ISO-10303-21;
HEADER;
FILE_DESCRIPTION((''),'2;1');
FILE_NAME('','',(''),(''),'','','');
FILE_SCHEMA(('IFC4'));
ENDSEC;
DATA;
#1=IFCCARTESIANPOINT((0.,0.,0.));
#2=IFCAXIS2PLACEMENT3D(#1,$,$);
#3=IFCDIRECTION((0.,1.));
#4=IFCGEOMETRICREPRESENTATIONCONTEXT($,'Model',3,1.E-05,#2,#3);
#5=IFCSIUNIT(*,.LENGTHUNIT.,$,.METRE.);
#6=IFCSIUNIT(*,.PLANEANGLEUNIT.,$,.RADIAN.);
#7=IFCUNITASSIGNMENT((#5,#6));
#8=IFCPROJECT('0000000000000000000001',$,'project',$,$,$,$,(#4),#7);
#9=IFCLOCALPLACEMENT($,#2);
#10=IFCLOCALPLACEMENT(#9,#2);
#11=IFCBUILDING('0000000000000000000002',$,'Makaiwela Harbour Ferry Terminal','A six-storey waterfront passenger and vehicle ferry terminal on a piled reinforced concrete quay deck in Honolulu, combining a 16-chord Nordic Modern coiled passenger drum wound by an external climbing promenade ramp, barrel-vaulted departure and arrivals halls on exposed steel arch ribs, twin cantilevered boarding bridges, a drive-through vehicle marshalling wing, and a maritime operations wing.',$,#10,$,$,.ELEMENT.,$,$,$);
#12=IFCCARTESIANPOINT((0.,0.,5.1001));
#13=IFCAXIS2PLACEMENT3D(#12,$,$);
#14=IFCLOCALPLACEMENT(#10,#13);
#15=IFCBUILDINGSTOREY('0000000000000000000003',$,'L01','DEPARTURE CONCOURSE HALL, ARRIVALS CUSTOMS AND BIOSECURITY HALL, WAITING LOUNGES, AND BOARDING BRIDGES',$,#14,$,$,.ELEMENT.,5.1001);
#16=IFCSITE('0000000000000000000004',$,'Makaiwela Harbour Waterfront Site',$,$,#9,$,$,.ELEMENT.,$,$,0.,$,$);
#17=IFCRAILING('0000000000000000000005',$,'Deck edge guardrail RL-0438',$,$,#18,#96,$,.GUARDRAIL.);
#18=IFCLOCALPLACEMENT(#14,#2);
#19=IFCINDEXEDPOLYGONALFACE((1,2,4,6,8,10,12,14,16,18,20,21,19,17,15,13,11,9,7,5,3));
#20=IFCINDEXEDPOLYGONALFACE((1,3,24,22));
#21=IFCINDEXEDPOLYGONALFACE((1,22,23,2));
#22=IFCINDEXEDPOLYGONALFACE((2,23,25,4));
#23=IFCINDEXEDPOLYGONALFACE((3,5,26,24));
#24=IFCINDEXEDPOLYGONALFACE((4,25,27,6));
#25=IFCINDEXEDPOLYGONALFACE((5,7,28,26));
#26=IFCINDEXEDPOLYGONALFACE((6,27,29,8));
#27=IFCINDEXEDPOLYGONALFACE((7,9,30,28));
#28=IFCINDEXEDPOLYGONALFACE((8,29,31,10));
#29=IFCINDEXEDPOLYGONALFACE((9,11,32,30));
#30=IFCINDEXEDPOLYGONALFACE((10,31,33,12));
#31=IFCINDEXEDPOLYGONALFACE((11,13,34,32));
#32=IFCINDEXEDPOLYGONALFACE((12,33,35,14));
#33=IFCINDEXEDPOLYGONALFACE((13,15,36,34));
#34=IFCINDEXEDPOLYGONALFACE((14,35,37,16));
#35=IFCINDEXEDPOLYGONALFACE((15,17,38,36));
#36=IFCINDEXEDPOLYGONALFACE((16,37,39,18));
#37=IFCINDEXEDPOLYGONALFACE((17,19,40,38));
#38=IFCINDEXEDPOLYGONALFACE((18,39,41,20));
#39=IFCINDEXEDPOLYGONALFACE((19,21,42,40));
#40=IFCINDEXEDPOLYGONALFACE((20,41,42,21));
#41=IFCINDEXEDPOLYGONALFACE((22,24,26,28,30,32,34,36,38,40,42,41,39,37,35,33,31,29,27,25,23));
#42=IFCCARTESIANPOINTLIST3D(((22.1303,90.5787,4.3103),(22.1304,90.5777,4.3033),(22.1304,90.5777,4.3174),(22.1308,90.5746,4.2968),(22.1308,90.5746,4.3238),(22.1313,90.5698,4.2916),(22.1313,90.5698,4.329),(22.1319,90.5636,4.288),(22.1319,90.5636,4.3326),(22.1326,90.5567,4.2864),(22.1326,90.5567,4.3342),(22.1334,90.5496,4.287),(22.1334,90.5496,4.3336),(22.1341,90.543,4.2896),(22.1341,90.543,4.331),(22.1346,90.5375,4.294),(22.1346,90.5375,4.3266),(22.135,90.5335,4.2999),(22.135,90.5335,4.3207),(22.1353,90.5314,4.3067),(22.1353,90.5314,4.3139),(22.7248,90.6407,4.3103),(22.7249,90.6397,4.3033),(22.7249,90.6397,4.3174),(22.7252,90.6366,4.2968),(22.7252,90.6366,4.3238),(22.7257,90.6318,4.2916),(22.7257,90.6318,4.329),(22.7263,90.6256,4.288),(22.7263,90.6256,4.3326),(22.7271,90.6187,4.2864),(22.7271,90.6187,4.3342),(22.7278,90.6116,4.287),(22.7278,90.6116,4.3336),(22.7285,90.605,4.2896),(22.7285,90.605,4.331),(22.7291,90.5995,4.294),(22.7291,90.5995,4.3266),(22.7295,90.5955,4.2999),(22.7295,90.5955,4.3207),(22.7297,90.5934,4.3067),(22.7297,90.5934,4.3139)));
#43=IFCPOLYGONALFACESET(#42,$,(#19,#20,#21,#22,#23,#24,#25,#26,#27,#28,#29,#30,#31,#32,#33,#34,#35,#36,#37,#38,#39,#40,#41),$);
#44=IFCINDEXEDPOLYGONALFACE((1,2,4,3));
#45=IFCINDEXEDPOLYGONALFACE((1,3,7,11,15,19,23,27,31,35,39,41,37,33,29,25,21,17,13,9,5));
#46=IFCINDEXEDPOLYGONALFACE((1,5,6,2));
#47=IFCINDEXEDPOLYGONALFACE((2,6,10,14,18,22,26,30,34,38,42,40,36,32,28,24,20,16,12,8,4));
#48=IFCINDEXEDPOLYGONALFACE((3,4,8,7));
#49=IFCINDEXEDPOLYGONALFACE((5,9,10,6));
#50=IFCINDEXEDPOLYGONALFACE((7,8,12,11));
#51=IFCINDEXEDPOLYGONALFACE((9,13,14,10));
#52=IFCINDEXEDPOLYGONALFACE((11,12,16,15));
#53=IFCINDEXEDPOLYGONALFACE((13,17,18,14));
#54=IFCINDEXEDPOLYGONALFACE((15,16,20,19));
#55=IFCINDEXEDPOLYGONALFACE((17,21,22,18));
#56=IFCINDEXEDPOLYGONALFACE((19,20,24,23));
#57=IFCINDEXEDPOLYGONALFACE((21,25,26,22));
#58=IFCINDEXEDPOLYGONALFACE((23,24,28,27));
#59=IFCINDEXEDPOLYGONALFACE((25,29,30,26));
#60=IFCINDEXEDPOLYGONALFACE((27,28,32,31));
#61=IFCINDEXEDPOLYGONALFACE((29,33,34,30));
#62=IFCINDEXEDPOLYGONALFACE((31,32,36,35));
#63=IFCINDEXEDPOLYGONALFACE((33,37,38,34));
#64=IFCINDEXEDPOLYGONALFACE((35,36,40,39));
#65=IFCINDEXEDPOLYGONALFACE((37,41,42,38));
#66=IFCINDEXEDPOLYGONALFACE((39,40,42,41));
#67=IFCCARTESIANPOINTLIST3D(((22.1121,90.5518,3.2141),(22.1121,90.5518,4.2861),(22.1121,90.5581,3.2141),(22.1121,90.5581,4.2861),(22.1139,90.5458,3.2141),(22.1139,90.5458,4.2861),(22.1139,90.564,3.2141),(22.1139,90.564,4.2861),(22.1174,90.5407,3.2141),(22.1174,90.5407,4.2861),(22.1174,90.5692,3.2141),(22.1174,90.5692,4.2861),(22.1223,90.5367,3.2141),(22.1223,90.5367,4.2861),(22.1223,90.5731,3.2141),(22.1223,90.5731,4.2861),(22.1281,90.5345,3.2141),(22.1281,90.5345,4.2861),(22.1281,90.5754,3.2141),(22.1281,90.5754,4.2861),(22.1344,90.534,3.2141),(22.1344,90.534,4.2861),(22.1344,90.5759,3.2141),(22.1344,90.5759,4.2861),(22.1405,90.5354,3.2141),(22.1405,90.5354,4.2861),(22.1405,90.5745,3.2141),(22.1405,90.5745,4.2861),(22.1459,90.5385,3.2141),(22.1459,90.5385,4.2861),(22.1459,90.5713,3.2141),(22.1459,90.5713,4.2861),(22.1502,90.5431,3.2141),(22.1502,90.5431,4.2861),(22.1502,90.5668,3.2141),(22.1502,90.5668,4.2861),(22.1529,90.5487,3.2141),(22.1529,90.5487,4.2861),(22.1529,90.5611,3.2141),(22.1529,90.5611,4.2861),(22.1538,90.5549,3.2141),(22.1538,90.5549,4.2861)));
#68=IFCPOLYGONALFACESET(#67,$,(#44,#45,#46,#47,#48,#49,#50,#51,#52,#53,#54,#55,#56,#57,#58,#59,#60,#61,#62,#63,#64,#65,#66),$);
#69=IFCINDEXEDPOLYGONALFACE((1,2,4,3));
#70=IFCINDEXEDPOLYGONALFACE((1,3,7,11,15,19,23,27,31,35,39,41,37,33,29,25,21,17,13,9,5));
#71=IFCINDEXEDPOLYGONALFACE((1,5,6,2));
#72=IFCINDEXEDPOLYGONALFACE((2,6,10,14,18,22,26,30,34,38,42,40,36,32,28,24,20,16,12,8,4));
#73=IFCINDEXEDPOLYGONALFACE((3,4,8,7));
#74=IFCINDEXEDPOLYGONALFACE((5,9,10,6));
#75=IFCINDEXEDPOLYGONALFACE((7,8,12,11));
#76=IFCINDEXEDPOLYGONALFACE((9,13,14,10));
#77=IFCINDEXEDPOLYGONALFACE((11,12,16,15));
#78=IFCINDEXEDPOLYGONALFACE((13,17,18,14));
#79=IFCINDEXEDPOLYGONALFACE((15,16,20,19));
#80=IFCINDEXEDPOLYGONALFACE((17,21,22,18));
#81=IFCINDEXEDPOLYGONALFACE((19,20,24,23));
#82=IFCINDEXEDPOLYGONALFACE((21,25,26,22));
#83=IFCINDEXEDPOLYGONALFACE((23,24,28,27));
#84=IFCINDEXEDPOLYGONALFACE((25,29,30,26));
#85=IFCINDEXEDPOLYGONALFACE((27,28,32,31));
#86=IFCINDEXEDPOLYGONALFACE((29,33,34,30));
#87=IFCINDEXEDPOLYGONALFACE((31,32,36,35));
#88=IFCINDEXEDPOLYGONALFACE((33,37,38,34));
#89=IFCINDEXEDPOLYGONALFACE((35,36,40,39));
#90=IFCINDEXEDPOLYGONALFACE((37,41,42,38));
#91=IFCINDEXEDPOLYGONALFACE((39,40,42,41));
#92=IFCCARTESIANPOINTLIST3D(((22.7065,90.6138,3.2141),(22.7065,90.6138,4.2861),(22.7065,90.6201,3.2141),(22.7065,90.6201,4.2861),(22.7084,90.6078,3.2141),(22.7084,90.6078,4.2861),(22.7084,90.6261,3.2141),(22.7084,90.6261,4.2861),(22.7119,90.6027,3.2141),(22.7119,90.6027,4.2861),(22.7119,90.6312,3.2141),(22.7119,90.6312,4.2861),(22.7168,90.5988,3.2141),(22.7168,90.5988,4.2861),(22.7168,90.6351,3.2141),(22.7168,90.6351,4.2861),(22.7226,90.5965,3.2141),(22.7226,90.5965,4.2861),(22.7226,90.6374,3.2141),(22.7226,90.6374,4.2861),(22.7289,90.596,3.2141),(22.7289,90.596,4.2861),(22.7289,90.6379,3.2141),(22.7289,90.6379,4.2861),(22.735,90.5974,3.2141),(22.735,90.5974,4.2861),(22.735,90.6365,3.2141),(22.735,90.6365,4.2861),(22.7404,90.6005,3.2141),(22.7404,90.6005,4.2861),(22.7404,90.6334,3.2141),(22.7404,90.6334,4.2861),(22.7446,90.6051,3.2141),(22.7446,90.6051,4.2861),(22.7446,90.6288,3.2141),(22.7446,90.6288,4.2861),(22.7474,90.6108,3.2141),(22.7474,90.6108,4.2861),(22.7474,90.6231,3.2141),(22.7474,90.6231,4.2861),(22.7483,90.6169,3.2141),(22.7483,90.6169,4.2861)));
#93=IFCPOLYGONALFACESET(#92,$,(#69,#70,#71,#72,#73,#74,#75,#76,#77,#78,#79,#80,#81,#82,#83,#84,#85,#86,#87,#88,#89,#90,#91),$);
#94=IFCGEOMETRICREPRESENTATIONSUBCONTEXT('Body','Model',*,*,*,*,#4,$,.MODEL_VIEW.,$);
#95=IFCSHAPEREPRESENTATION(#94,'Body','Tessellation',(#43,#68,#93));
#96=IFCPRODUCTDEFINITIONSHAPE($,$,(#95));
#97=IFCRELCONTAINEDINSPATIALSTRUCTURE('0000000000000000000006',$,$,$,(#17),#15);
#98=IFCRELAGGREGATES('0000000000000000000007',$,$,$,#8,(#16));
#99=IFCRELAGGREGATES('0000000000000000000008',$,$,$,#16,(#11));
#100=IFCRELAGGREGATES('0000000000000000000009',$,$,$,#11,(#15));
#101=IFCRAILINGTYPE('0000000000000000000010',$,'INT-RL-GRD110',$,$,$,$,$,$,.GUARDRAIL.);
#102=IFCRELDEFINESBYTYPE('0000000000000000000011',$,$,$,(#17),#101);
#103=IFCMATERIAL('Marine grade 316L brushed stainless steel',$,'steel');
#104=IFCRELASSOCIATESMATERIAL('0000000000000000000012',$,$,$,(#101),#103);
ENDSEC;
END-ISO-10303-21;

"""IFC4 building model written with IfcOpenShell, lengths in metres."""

from ifc_helpers import new_model, si_unit, direction, frame, origin, origin_2d, place, context, subcontext, project, spatial, circle, extrude, material, type_object, element, save


model = new_model("IFC4")

# Units and contexts
model_context = context("Model", 3, precision=1e-05, world=origin(), true_north=direction((0.0, 1.0)))
body_context = subcontext(model_context, "Body", "Model", "MODEL_VIEW")
ifc_project = project(units=[si_unit("LENGTHUNIT", "METRE"), si_unit("PLANEANGLEUNIT", "RADIAN")], contexts=[model_context])

# Site, building, storey
site_placement = place(None, origin())
site = spatial("IfcSite", under=ifc_project, at=site_placement, Name="Makaiwela Harbour Waterfront Site", CompositionType="ELEMENT", RefElevation=0.0)
building_placement = place(site_placement, origin())
building = spatial("IfcBuilding", under=site, at=building_placement, Name="Makaiwela Harbour Ferry Terminal", Description="A six-storey waterfront passenger and vehicle ferry terminal on a piled reinforced concrete quay deck in Honolulu, combining a 16-chord Nordic Modern coiled passenger drum wound by an external climbing promenade ramp, barrel-vaulted departure and arrivals halls on exposed steel arch ribs, twin cantilevered boarding bridges, a drive-through vehicle marshalling wing, and a maritime operations wing.", CompositionType="ELEMENT")
storey_placement = place(building_placement, frame((0.0, 0.0, 5.1001)))
storey = spatial("IfcBuildingStorey", under=building, at=storey_placement, Name="L01", Description="DEPARTURE CONCOURSE HALL, ARRIVALS CUSTOMS AND BIOSECURITY HALL, WAITING LOUNGES, AND BOARDING BRIDGES", CompositionType="ELEMENT", Elevation=5.1001)

# Railing
ifc_material_1 = material(Name="Marine grade 316L brushed stainless steel", Category="steel")
railing_type_1 = type_object("IfcRailingType", Name="INT-RL-GRD110", PredefinedType="GUARDRAIL", material=ifc_material_1)
railing_1_placement = place(storey_placement, frame((22.1328, 90.5549, 3.2141)))
element("IfcRailing", 1, at=railing_1_placement, inside=storey, type_object=railing_type_1, Name="Deck edge guardrail RL-0438", PredefinedType="GUARDRAIL", context=body_context, shape_type="SweptSolid", body=[
    extrude(circle(Radius=0.0239, at=origin_2d()), frame((0.0, 0.0, 1.0962), z_axis=(0.994603, 0.103749, 0.0), x_axis=(-0.103749, 0.994603, 0.0)), (0.0, 0.0, 1.0), 0.5977),
    extrude(circle(Radius=0.021, at=origin_2d()), origin(), (0.0, 0.0, 1.0), 1.072),
    extrude(circle(Radius=0.021, at=origin_2d()), frame((0.5945, 0.062, 0.0)), (0.0, 0.0, 1.0), 1.072),
])

save(model, "model.ifc")
